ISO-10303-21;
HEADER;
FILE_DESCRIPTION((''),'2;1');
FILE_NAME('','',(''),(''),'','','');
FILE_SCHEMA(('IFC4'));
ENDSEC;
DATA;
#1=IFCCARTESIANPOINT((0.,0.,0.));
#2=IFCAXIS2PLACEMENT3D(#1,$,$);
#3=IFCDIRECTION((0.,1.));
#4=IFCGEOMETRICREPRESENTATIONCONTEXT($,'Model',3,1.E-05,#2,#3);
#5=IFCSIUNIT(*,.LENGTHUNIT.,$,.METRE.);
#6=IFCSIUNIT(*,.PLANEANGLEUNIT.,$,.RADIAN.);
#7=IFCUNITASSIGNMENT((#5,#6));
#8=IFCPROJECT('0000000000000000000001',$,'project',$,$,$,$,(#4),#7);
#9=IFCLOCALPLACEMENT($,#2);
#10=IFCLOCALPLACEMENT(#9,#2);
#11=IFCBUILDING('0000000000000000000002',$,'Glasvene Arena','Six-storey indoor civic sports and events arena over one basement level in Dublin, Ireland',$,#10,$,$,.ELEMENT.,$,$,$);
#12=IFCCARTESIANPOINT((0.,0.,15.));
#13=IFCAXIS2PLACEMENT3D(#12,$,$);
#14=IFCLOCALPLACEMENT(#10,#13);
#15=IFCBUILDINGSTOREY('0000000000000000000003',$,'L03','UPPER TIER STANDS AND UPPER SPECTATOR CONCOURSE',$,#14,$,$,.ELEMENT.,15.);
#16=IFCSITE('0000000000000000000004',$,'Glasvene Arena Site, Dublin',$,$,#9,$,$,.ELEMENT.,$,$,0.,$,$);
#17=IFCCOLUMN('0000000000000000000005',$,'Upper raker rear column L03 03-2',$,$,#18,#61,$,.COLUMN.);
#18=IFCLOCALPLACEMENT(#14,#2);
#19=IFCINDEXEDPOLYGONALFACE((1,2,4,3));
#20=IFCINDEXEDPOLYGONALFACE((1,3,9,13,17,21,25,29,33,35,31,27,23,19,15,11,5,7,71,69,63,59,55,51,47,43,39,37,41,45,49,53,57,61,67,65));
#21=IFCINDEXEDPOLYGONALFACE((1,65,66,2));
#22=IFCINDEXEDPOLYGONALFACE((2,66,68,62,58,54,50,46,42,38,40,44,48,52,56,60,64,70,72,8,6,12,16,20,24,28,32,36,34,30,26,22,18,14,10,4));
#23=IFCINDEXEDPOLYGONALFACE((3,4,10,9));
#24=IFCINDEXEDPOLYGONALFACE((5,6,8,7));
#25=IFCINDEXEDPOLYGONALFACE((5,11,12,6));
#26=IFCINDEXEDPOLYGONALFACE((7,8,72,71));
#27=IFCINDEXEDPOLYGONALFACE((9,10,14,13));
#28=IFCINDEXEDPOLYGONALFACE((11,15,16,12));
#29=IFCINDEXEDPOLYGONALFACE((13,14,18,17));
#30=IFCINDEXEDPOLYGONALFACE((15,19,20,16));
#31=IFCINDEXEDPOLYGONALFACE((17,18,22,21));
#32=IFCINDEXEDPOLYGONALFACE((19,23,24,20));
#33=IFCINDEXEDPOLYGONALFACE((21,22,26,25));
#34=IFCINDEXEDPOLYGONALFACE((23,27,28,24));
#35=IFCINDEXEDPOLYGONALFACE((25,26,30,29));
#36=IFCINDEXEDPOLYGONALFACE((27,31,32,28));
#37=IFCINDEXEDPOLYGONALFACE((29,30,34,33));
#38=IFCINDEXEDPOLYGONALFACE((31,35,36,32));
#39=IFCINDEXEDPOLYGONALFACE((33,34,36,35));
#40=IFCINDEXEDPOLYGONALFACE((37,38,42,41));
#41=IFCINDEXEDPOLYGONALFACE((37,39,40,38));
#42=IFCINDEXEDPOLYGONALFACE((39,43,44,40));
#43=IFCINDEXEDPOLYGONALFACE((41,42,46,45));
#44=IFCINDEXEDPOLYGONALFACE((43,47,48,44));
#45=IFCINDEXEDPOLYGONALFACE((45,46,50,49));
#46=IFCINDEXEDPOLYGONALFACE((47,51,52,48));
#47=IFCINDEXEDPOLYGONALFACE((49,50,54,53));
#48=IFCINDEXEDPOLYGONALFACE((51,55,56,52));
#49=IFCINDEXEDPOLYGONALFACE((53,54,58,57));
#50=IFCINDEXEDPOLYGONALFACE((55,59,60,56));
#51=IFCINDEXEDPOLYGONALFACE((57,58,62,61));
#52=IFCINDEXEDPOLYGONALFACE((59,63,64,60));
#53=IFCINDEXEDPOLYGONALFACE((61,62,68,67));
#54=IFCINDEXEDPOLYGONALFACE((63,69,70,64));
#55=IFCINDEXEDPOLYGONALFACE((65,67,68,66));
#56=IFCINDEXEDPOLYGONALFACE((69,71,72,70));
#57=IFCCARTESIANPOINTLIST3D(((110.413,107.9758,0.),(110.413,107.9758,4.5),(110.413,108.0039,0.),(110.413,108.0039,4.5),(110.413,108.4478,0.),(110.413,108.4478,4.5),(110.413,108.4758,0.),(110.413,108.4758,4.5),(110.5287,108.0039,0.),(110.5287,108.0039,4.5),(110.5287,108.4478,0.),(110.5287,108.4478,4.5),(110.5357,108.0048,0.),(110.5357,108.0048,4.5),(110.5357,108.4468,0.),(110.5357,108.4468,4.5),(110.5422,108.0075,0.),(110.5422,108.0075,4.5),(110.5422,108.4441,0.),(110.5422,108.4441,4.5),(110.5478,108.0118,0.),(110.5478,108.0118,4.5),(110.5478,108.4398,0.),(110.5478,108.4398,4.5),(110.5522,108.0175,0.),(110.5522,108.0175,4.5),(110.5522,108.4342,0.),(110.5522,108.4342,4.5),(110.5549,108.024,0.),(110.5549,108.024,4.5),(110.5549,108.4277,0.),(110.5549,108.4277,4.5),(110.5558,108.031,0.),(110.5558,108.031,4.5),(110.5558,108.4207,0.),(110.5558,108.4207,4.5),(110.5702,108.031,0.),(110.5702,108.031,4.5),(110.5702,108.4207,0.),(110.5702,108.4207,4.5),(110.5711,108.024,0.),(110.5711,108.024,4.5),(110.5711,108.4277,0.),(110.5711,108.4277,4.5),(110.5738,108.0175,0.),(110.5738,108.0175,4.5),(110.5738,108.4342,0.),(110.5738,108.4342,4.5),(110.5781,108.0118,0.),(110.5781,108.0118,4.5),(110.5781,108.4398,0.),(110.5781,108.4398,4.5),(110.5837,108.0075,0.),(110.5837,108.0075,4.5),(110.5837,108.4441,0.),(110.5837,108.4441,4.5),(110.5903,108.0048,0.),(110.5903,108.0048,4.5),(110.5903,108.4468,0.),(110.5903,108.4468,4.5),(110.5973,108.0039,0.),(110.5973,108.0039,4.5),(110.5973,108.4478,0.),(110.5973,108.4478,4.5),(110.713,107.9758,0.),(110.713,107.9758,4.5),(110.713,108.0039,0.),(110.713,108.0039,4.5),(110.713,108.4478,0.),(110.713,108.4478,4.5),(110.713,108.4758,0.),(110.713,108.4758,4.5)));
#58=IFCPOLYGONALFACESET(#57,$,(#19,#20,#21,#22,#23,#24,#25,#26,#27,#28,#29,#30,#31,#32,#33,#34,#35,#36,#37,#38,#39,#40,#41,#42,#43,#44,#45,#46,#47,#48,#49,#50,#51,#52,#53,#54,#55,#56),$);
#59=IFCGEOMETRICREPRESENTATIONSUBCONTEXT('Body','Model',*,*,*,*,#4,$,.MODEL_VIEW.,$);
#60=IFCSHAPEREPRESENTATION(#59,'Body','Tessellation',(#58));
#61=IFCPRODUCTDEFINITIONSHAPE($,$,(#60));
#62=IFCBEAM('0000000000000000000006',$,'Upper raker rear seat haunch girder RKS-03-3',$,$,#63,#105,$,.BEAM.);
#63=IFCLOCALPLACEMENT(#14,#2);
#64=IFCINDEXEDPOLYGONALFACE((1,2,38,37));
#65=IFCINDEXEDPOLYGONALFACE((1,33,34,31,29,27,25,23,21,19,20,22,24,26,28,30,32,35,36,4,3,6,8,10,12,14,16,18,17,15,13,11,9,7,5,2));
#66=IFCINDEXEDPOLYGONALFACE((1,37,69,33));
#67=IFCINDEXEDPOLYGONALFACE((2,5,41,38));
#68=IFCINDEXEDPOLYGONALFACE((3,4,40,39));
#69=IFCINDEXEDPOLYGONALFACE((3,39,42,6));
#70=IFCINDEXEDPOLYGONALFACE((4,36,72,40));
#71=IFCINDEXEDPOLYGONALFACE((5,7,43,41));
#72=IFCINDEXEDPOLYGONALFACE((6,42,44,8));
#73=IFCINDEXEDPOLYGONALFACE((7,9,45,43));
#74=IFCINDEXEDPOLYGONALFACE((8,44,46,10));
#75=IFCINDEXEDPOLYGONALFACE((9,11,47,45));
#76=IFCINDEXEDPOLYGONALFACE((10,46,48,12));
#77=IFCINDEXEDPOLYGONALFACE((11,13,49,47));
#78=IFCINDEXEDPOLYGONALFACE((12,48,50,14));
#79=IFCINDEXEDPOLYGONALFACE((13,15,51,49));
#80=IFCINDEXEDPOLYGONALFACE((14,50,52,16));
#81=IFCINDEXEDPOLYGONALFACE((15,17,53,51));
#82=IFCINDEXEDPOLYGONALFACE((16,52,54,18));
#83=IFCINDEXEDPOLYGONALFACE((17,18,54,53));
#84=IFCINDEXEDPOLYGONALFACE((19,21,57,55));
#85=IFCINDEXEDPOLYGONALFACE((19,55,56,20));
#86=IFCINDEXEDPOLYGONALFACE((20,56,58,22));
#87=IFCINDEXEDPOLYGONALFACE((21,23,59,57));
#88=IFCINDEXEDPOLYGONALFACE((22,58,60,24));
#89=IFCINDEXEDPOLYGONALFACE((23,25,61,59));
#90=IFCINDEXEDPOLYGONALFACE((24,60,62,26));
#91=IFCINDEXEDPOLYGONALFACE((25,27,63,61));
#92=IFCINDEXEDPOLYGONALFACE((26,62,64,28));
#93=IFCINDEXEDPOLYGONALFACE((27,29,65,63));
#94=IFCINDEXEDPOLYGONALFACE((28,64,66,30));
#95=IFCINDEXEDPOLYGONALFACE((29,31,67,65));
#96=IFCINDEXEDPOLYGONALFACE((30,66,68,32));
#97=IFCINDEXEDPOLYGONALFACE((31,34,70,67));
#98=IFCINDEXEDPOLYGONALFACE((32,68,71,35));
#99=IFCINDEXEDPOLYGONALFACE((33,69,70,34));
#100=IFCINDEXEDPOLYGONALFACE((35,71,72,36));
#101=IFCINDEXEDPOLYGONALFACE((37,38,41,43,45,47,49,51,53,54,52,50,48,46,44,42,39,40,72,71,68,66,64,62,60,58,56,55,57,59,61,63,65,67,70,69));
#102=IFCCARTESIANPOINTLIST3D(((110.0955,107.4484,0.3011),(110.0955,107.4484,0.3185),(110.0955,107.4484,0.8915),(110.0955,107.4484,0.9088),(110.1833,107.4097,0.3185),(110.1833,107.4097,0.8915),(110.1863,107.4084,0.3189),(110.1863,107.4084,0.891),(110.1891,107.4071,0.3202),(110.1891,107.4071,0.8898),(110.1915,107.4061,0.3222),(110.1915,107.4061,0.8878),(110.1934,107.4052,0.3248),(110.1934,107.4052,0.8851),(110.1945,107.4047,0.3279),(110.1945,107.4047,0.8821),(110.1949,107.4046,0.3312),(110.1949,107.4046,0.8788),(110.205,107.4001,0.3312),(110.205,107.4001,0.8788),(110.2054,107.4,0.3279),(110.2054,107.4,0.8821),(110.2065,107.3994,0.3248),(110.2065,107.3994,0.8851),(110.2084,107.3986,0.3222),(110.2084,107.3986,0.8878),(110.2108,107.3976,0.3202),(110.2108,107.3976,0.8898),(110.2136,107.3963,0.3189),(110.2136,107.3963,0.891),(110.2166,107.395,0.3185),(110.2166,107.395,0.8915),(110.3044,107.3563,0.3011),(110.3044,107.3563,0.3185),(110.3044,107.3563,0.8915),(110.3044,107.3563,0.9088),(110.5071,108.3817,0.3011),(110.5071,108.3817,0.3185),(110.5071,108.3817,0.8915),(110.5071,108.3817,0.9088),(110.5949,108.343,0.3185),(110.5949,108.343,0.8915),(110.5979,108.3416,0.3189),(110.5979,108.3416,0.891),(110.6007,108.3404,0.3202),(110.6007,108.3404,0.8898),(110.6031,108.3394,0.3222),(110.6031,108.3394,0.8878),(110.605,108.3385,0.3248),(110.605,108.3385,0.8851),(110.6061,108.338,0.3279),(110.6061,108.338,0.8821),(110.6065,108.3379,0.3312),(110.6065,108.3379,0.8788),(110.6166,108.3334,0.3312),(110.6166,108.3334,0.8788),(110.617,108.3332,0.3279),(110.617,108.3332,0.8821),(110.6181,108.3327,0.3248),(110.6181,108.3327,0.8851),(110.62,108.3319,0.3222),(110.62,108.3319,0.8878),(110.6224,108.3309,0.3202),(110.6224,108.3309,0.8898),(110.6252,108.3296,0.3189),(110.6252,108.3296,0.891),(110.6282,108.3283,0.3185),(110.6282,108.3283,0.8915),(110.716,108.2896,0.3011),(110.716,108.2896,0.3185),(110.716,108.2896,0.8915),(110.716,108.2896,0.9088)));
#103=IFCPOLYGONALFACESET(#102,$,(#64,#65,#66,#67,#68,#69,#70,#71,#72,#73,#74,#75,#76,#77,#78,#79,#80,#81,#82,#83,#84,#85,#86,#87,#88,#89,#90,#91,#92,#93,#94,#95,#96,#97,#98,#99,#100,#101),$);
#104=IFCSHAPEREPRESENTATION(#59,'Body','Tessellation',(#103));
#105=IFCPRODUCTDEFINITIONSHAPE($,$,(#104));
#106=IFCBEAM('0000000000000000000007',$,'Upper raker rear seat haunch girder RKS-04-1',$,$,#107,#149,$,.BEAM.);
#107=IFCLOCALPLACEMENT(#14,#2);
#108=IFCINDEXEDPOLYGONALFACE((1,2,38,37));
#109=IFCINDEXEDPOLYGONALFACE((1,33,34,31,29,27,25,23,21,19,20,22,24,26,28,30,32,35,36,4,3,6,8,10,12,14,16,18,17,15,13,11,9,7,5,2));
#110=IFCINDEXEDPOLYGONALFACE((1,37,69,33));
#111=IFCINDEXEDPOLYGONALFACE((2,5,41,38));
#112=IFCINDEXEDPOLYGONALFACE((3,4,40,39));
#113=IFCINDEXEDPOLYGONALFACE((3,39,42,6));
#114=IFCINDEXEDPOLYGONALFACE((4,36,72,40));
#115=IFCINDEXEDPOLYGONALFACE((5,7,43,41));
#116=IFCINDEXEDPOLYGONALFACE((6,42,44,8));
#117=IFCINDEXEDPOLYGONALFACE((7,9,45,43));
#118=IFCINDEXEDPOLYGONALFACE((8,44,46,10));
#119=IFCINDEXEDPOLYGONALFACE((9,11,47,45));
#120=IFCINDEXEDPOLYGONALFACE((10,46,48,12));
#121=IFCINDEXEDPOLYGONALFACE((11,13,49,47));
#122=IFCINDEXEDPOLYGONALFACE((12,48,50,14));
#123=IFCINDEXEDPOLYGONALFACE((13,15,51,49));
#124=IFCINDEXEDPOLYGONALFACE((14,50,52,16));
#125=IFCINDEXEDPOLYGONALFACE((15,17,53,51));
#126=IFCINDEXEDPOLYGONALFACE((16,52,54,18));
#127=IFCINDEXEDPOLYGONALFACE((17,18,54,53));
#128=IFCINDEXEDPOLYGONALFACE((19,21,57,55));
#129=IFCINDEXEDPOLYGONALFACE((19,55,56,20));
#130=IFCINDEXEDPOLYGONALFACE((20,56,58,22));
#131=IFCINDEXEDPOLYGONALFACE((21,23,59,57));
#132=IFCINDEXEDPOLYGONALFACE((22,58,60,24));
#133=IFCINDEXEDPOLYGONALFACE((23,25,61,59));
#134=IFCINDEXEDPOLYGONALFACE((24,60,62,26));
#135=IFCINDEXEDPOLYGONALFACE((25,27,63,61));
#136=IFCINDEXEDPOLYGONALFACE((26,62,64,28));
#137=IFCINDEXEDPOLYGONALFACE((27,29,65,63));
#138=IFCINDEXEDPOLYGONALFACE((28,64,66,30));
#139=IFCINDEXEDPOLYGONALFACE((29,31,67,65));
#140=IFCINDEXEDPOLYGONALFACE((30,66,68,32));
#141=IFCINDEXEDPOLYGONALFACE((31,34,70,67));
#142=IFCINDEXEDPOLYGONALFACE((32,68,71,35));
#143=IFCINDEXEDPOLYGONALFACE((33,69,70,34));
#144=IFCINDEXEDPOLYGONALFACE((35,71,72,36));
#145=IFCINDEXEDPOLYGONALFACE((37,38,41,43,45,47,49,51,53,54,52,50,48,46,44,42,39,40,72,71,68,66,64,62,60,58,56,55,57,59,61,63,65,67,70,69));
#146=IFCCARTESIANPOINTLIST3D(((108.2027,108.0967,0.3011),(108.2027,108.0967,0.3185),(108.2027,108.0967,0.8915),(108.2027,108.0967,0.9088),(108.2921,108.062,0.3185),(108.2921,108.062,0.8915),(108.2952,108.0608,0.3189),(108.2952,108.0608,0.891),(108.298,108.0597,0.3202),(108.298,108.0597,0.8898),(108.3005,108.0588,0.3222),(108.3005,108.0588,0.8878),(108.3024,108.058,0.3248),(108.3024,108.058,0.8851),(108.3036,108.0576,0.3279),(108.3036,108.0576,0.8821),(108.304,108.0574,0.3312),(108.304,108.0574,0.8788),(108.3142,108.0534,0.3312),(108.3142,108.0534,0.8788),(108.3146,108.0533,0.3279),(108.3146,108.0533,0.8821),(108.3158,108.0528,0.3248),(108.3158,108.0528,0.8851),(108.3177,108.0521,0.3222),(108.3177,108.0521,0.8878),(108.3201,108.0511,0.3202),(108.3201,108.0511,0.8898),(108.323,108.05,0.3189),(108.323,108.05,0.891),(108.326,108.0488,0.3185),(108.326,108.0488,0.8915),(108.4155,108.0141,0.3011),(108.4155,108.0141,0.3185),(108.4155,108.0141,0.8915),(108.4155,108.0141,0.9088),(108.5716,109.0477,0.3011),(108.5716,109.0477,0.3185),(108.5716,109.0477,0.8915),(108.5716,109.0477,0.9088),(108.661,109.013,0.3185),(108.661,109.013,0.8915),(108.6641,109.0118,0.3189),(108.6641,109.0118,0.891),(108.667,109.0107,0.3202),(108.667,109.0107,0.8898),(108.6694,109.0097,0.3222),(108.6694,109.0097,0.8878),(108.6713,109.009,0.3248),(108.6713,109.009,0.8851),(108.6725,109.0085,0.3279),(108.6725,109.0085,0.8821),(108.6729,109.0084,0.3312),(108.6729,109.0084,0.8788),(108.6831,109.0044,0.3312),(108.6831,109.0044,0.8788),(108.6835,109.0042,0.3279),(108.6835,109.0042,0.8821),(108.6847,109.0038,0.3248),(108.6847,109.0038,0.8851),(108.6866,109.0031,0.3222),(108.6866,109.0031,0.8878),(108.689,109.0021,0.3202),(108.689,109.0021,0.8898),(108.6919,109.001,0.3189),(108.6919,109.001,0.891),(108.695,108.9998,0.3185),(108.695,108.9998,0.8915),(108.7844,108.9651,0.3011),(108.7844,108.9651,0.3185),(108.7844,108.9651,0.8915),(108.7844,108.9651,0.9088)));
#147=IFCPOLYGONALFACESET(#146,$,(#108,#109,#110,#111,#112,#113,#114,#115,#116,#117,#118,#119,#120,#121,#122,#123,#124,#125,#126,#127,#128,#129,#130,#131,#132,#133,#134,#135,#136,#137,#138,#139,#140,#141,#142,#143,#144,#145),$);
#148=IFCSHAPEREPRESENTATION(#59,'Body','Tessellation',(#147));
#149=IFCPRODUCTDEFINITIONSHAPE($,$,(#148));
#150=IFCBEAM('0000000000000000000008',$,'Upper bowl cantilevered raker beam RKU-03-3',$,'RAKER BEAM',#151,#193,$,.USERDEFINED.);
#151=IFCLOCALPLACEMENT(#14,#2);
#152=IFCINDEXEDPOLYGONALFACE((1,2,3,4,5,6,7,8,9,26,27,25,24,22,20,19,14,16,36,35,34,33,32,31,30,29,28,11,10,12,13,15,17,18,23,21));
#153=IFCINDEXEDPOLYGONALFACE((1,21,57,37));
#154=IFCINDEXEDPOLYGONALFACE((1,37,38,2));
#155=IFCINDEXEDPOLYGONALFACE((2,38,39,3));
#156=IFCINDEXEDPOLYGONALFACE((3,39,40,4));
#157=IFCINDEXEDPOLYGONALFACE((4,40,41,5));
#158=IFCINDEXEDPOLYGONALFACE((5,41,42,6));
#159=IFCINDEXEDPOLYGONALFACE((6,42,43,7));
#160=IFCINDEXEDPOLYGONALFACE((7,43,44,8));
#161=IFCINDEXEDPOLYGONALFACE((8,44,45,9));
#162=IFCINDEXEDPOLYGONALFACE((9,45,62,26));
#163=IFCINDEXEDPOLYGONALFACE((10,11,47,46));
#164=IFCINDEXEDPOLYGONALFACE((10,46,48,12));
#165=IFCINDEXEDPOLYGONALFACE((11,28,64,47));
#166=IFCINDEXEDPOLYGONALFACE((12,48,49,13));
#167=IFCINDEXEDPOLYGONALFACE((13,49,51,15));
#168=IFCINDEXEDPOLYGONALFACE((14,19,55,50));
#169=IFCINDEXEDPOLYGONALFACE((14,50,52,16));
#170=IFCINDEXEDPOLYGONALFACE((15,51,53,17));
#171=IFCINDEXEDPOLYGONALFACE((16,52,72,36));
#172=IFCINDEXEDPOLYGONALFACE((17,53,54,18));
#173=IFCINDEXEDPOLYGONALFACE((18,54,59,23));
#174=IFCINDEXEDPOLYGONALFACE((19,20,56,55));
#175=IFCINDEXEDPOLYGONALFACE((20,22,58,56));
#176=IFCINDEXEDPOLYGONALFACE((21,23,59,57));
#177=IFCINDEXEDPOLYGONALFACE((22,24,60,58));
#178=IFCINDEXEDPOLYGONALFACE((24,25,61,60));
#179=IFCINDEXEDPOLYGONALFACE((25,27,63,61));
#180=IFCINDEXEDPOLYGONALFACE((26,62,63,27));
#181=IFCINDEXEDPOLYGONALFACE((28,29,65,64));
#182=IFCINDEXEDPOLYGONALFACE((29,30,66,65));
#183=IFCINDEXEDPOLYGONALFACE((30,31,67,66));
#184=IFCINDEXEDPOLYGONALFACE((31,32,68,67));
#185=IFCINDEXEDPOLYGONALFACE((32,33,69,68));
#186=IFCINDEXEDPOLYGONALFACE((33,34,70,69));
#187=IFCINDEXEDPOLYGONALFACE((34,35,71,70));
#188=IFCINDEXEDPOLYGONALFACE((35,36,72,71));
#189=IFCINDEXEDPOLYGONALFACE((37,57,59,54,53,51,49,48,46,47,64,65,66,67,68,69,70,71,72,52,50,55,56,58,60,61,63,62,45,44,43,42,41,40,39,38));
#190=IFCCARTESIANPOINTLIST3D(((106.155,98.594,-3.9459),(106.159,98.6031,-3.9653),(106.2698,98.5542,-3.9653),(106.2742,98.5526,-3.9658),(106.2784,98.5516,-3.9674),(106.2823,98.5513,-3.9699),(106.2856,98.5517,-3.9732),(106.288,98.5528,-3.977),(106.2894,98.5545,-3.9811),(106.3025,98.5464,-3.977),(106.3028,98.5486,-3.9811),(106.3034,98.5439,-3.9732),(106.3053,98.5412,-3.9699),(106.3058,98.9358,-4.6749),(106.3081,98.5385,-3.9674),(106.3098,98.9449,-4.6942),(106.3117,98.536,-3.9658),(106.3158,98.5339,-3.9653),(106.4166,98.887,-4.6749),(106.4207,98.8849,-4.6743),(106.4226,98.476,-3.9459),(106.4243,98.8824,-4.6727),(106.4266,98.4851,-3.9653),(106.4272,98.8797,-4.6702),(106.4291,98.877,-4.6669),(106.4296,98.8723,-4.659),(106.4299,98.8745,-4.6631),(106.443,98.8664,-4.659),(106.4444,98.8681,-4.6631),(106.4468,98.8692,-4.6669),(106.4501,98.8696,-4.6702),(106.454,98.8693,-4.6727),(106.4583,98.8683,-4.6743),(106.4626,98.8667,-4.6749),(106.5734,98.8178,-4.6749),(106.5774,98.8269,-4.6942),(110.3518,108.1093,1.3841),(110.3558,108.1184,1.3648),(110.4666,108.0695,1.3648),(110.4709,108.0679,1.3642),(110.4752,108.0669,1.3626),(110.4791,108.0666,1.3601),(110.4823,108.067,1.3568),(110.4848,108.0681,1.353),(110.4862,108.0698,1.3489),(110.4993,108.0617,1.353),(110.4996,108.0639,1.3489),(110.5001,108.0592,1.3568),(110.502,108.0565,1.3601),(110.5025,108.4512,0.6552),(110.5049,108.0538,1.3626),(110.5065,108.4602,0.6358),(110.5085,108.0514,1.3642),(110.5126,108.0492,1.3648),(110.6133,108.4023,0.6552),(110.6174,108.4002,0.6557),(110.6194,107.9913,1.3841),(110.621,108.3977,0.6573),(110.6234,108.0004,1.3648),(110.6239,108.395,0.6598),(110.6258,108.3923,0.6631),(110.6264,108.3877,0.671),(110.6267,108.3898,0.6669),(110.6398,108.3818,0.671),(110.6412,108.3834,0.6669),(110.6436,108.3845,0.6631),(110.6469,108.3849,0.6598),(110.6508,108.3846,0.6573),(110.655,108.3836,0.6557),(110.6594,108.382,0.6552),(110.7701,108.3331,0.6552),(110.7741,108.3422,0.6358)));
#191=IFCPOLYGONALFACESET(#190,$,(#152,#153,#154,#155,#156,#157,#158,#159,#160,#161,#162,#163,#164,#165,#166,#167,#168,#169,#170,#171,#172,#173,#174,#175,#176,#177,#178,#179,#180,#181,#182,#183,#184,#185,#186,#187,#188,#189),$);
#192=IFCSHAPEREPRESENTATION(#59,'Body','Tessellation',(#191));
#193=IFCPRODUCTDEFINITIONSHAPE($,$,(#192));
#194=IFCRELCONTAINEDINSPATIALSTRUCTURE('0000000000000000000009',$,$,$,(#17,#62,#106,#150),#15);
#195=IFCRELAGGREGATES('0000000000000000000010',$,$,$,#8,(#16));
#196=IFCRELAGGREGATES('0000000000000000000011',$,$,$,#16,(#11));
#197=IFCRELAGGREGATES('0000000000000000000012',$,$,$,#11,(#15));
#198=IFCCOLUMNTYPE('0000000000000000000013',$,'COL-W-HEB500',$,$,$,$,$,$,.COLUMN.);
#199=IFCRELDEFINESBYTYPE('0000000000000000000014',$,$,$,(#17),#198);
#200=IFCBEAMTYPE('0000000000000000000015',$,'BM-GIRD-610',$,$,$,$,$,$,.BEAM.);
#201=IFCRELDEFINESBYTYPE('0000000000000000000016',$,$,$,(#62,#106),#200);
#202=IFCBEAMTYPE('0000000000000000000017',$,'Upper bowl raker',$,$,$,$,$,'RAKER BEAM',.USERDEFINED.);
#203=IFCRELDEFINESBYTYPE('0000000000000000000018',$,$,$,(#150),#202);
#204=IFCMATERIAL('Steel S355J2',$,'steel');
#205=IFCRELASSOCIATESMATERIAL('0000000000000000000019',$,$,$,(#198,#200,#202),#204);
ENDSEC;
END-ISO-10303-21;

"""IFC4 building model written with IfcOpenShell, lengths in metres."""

from ifc_helpers import new_model, si_unit, direction, frame, origin, origin_2d, place, context, subcontext, project, spatial, i_section, extrude, material, material_profile, profile_set, type_object, element, save


model = new_model("IFC4")

# Units and contexts
model_context = context("Model", 3, precision=1e-05, world=origin(), true_north=direction((0.0, 1.0)))
body_context = subcontext(model_context, "Body", "Model", "MODEL_VIEW")
ifc_project = project(units=[si_unit("LENGTHUNIT", "METRE"), si_unit("PLANEANGLEUNIT", "RADIAN")], contexts=[model_context])

# Site, building, storey
site_placement = place(None, origin())
site = spatial("IfcSite", under=ifc_project, at=site_placement, Name="Glasvene Arena Site, Dublin", CompositionType="ELEMENT", RefElevation=0.0)
building_placement = place(site_placement, origin())
building = spatial("IfcBuilding", under=site, at=building_placement, Name="Glasvene Arena", Description="Six-storey indoor civic sports and events arena over one basement level in Dublin, Ireland", CompositionType="ELEMENT")
storey_placement = place(building_placement, frame((0.0, 0.0, 15.0)))
storey = spatial("IfcBuildingStorey", under=building, at=storey_placement, Name="L03", Description="UPPER TIER STANDS AND UPPER SPECTATOR CONCOURSE", CompositionType="ELEMENT", Elevation=15.0)

# Column
ifc_material_1 = material(Name="Steel S355J2", Category="steel")
ifc_material_profile_1 = material_profile(ifc_material_1, i_section(OverallWidth=0.3, OverallDepth=0.5, WebThickness=0.0144, FlangeThickness=0.0281, FilletRadius=0.0271, at=origin_2d()), Name="HEB 500")
ifc_profile_set_1 = profile_set([ifc_material_profile_1], Name="Steel S355J2")
column_type = type_object("IfcColumnType", Name="COL-W-HEB500", PredefinedType="COLUMN", material=ifc_profile_set_1)
column_placement = place(storey_placement, frame((110.563, 108.2258, 0.0), z_axis=(0.0, 0.0, 1.0), x_axis=(1.0, 0.0, 0.0)))
element("IfcColumn", 1, at=column_placement, inside=storey, type_object=column_type, Name="Upper raker rear column L03 03-2", PredefinedType="COLUMN", context=body_context, shape_type="SweptSolid", body=[
    extrude(i_section(OverallWidth=0.3, OverallDepth=0.5, WebThickness=0.0144, FlangeThickness=0.0281, FilletRadius=0.0271, at=origin_2d()), origin(), (0.0, 0.0, 1.0), 4.5),
])

# Beams
ifc_material_profile_2 = material_profile(ifc_material_1, i_section(OverallWidth=0.2283, OverallDepth=0.6077, WebThickness=0.011, FlangeThickness=0.0173, FilletRadius=0.0127, at=origin_2d()), Name="UKB 610x229x113")
ifc_profile_set_2 = profile_set([ifc_material_profile_2], Name="Steel S355J2")
beam_type_1 = type_object("IfcBeamType", Name="BM-GIRD-610", PredefinedType="BEAM", material=ifc_profile_set_2)
for number, where, z_axis, x_axis, name in (
    (2, (110.2, 107.4023, 0.605), (0.403516, 0.914972, 0.0), (-0.914972, 0.403516, 0.0), "Upper raker rear seat haunch girder RKS-03-3"),
    (3, (108.3091, 108.0554, 0.605), (0.361672, 0.932305, 0.0), (-0.932305, 0.361672, 0.0), "Upper raker rear seat haunch girder RKS-04-1"),
):
    element("IfcBeam", number, at=place(storey_placement, frame(where, z_axis=z_axis, x_axis=x_axis)), inside=storey, type_object=beam_type_1, Name=name, PredefinedType="BEAM", context=body_context, shape_type="SweptSolid", body=[
        extrude(i_section(OverallWidth=0.2283, OverallDepth=0.6077, WebThickness=0.011, FlangeThickness=0.0173, FilletRadius=0.0127, at=origin_2d()), origin(), (0.0, 0.0, 1.0), 1.02),
    ])
ifc_material_profile_3 = material_profile(ifc_material_1, i_section(OverallWidth=0.2925, OverallDepth=0.8408, WebThickness=0.0146, FlangeThickness=0.0217, FilletRadius=0.0178, at=origin_2d()), Name="UKB 838x292x194")
ifc_profile_set_3 = profile_set([ifc_material_profile_3], Name="Steel S355J2")
beam_type_2 = type_object("IfcBeamType", Name="Upper bowl raker", ElementType="RAKER BEAM", PredefinedType="USERDEFINED", material=ifc_profile_set_3)
beam_1_placement = place(storey_placement, frame((106.3662, 98.7104, -4.3201), z_axis=(0.359125, 0.814247, 0.456104), x_axis=(-0.91496, 0.403545, 0.0)))
element("IfcBeam", 4, at=beam_1_placement, inside=storey, type_object=beam_type_2, Name="Upper bowl cantilevered raker beam RKU-03-3", ObjectType="RAKER BEAM", PredefinedType="USERDEFINED", context=body_context, shape_type="SweptSolid", body=[
    extrude(i_section(OverallWidth=0.2925, OverallDepth=0.8408, WebThickness=0.0146, FlangeThickness=0.0217, FilletRadius=0.0178, at=origin_2d()), origin(), (0.0, 0.0, 1.0), 11.686),
])

save(model, "model.ifc")
